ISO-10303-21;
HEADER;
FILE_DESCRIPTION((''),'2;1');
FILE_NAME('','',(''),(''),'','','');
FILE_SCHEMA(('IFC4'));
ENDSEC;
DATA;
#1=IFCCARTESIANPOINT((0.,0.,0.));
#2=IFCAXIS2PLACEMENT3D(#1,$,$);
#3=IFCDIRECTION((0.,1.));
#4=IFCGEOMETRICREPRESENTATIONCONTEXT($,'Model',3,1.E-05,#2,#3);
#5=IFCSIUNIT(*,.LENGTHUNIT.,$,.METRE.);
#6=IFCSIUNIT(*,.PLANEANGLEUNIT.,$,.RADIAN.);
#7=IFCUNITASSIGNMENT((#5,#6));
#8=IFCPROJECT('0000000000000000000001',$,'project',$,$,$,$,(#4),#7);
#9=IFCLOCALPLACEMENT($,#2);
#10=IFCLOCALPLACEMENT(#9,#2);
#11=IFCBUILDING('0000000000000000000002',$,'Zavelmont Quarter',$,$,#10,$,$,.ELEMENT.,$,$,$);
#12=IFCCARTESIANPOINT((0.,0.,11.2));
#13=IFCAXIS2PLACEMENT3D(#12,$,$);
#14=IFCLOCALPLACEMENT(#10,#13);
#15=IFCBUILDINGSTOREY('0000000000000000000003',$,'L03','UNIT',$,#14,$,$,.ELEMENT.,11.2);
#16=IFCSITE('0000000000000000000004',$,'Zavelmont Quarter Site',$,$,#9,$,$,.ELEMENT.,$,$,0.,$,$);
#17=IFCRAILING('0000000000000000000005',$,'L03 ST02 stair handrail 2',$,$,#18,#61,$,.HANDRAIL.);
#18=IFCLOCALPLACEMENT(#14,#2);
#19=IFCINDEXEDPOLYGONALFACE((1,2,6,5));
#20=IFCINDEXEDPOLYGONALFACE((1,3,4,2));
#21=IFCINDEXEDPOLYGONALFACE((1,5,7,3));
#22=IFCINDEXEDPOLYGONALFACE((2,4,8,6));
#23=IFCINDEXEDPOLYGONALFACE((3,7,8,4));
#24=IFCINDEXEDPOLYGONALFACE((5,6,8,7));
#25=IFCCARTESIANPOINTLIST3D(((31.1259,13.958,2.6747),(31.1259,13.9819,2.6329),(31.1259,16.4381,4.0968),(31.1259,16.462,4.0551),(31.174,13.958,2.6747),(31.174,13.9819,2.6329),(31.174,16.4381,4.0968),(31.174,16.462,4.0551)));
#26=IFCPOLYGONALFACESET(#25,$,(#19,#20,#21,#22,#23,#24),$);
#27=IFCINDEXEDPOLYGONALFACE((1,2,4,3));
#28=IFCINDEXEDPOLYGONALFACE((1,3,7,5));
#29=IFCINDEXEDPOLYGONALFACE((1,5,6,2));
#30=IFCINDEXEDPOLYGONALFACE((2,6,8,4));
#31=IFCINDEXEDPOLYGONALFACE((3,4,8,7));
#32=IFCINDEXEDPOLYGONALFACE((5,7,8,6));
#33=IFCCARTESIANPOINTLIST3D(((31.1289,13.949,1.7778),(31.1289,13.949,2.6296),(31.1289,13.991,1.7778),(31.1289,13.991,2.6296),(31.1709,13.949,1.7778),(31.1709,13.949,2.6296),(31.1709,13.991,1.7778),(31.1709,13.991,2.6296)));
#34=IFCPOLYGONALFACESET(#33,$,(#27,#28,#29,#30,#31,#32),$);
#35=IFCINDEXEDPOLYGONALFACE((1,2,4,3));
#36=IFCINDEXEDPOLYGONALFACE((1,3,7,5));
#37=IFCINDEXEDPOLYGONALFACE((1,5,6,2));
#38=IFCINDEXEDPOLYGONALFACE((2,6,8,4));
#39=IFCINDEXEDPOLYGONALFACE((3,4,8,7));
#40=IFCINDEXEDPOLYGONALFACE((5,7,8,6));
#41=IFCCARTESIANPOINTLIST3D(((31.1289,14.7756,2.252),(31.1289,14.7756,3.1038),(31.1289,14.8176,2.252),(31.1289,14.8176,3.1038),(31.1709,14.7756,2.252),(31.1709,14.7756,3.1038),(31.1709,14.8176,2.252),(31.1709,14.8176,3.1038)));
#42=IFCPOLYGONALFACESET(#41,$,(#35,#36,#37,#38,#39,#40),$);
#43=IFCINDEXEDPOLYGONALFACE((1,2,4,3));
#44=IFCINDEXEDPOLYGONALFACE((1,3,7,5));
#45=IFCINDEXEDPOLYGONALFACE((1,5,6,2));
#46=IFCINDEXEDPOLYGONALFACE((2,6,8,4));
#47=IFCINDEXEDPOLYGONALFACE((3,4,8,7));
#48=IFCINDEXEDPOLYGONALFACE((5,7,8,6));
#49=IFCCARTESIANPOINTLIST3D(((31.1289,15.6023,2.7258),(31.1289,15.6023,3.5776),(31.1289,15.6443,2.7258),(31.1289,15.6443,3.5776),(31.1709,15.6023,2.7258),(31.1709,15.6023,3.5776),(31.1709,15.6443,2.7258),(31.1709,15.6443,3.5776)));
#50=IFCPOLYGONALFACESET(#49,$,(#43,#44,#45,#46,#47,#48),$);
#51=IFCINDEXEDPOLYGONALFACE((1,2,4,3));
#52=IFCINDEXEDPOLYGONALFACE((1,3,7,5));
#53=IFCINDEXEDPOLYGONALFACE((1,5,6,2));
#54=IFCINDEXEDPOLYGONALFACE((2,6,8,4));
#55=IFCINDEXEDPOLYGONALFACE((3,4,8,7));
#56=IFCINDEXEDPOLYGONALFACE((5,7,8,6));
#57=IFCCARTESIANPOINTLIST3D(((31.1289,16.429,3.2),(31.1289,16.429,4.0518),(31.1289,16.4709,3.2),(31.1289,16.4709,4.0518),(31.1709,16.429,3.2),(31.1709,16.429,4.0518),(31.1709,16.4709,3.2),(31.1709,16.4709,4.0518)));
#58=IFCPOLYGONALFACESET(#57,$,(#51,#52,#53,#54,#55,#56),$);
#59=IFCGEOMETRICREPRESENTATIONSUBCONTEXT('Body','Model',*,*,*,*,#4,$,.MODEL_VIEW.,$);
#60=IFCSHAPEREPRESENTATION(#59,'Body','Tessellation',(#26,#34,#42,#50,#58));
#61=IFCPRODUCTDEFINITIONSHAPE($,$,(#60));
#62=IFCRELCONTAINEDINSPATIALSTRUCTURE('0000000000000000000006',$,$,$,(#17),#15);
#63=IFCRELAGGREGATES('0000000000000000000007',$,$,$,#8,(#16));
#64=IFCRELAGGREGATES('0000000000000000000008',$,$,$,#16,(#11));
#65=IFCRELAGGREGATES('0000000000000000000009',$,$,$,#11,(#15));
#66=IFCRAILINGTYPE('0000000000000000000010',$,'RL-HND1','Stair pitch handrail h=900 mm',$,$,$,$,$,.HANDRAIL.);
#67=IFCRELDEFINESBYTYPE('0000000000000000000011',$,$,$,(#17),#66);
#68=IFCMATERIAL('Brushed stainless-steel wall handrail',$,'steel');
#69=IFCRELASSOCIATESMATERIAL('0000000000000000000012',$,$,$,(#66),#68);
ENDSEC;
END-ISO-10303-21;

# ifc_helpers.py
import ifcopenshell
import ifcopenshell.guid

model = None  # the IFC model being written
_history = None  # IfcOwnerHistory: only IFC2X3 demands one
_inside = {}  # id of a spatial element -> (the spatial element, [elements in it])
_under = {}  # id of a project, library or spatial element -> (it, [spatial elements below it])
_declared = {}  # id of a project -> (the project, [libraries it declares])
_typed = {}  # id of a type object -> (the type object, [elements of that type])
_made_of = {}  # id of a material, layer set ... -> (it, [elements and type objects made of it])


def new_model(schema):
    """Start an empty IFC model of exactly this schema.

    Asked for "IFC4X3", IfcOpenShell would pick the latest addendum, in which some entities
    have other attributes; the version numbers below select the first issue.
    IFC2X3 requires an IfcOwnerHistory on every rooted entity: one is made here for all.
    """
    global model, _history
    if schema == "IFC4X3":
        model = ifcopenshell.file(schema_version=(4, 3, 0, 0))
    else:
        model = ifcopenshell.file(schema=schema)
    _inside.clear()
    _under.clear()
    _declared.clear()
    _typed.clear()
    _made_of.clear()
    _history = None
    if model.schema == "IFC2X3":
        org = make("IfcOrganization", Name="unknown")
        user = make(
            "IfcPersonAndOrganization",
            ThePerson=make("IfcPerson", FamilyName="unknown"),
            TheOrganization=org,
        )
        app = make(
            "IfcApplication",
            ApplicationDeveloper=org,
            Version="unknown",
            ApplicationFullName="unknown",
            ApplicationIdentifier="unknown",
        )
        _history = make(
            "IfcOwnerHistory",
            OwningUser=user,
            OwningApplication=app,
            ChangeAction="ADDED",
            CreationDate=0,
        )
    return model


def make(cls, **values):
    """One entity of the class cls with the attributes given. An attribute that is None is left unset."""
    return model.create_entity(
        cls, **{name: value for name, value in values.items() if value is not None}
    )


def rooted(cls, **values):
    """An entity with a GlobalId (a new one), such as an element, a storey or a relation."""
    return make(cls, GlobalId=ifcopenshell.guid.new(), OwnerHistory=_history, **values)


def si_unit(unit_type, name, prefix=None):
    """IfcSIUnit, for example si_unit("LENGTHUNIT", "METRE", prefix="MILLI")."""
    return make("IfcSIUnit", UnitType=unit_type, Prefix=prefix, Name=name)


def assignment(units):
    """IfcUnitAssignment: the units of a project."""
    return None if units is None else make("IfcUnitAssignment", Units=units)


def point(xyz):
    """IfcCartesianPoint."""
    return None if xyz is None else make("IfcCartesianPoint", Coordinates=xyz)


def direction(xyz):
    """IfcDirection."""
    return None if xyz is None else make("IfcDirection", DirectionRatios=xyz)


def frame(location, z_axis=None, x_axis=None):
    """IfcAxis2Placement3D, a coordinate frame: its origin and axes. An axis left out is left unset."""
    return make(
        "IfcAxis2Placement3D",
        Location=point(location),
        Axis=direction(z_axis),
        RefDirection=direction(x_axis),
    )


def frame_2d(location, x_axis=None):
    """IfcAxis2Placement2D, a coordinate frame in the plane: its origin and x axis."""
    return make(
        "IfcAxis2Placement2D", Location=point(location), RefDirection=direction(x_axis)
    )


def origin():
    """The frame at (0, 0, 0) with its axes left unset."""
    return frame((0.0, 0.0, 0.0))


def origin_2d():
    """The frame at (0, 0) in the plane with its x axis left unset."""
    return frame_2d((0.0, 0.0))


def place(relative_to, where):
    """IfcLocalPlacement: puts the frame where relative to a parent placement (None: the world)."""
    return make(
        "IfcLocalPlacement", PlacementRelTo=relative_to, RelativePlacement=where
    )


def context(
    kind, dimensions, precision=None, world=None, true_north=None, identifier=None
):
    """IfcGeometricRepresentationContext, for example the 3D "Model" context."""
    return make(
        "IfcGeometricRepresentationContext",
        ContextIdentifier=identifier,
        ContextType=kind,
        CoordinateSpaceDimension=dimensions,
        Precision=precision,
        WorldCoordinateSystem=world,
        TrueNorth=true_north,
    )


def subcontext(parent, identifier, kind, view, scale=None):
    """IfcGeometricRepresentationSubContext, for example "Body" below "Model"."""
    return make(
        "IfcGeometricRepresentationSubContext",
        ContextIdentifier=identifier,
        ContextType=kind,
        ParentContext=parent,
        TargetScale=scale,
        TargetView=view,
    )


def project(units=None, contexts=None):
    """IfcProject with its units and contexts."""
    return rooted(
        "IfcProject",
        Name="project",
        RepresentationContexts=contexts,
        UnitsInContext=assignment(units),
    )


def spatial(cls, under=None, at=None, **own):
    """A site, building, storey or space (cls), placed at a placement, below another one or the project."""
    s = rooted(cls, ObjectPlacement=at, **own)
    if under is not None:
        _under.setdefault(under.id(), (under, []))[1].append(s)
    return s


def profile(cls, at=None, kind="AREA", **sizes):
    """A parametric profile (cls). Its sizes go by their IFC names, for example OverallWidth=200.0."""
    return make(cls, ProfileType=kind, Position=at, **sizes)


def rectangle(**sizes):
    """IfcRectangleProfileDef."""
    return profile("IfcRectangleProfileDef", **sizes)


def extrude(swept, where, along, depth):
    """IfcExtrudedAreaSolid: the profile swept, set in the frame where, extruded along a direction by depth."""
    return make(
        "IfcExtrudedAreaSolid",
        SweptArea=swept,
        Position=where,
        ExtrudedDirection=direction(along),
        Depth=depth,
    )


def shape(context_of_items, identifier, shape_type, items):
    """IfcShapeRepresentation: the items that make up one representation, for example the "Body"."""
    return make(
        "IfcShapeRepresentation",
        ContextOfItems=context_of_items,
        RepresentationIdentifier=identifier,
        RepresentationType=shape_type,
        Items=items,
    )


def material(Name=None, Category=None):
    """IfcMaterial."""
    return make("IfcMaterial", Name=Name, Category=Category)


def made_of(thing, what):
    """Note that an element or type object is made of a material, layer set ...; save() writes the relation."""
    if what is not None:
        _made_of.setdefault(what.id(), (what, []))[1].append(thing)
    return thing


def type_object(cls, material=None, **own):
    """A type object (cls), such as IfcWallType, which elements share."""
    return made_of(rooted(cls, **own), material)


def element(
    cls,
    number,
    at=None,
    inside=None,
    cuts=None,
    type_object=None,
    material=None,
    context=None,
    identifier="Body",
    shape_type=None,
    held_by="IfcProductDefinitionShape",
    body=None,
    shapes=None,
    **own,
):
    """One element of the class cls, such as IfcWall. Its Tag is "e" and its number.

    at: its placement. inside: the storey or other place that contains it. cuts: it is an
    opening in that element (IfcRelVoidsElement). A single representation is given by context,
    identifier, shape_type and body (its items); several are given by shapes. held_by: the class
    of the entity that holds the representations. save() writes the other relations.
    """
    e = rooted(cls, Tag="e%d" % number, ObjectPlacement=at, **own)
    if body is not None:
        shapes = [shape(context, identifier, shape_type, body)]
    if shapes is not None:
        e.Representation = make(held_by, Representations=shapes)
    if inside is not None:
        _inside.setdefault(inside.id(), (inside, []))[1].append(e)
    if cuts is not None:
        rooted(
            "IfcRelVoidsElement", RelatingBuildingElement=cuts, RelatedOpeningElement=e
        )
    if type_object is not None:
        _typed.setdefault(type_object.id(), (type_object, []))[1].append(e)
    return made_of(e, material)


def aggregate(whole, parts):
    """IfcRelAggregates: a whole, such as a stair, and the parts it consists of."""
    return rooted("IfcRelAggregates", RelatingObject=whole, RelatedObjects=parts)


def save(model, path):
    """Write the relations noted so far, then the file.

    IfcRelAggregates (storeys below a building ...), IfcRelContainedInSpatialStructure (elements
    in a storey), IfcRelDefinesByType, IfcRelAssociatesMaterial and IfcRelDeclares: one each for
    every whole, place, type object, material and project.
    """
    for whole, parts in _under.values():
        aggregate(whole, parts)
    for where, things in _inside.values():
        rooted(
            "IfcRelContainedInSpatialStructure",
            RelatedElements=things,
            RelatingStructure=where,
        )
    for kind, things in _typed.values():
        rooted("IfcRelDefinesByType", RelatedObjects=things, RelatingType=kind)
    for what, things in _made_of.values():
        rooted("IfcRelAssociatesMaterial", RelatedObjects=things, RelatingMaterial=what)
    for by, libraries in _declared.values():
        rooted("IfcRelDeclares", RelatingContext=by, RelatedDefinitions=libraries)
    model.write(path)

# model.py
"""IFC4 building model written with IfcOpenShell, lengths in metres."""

from ifc_helpers import new_model, si_unit, direction, frame, origin, origin_2d, place, context, subcontext, project, spatial, rectangle, extrude, material, type_object, element, save


model = new_model("IFC4")

# Units and contexts
model_context = context("Model", 3, precision=1e-05, world=origin(), true_north=direction((0.0, 1.0)))
body_context = subcontext(model_context, "Body", "Model", "MODEL_VIEW")
ifc_project = project(units=[si_unit("LENGTHUNIT", "METRE"), si_unit("PLANEANGLEUNIT", "RADIAN")], contexts=[model_context])

# Site, building, storey
site_placement = place(None, origin())
site = spatial("IfcSite", under=ifc_project, at=site_placement, Name="Zavelmont Quarter Site", CompositionType="ELEMENT", RefElevation=0.0)
building_placement = place(site_placement, origin())
building = spatial("IfcBuilding", under=site, at=building_placement, Name="Zavelmont Quarter", CompositionType="ELEMENT")
storey_placement = place(building_placement, frame((0.0, 0.0, 11.2)))
storey = spatial("IfcBuildingStorey", under=building, at=storey_placement, Name="L03", Description="UNIT", CompositionType="ELEMENT", Elevation=11.2)

# Railing
ifc_material_1 = material(Name="Brushed stainless-steel wall handrail", Category="steel")
railing_type_1 = type_object("IfcRailingType", Name="RL-HND1", Description="Stair pitch handrail h=900 mm", PredefinedType="HANDRAIL", material=ifc_material_1)
railing_1_placement = place(storey_placement, frame((31.1499, 13.97, 1.7778)))
element("IfcRailing", 1, at=railing_1_placement, inside=storey, type_object=railing_type_1, Name="L03 ST02 stair handrail 2", PredefinedType="HANDRAIL", context=body_context, shape_type="SweptSolid", body=[
    extrude(rectangle(XDim=0.0481, YDim=0.0481, at=origin_2d()), frame((0.0, 0.0, 0.876), z_axis=(0.0, 0.867491, 0.497454), x_axis=(-1.0, 0.0, 0.0)), (0.0, 0.0, 1.0), 2.8589),
    extrude(rectangle(XDim=0.042, YDim=0.042, at=origin_2d()), origin(), (0.0, 0.0, 1.0), 0.8518),
    extrude(rectangle(XDim=0.042, YDim=0.042, at=origin_2d()), frame((0.0, 0.8267, 0.4741)), (0.0, 0.0, 1.0), 0.8518),
    extrude(rectangle(XDim=0.042, YDim=0.042, at=origin_2d()), frame((0.0, 1.6533, 0.948)), (0.0, 0.0, 1.0), 0.8518),
    extrude(rectangle(XDim=0.042, YDim=0.042, at=origin_2d()), frame((0.0, 2.48, 1.4221)), (0.0, 0.0, 1.0), 0.8518),
])

save(model, "model.ifc")
